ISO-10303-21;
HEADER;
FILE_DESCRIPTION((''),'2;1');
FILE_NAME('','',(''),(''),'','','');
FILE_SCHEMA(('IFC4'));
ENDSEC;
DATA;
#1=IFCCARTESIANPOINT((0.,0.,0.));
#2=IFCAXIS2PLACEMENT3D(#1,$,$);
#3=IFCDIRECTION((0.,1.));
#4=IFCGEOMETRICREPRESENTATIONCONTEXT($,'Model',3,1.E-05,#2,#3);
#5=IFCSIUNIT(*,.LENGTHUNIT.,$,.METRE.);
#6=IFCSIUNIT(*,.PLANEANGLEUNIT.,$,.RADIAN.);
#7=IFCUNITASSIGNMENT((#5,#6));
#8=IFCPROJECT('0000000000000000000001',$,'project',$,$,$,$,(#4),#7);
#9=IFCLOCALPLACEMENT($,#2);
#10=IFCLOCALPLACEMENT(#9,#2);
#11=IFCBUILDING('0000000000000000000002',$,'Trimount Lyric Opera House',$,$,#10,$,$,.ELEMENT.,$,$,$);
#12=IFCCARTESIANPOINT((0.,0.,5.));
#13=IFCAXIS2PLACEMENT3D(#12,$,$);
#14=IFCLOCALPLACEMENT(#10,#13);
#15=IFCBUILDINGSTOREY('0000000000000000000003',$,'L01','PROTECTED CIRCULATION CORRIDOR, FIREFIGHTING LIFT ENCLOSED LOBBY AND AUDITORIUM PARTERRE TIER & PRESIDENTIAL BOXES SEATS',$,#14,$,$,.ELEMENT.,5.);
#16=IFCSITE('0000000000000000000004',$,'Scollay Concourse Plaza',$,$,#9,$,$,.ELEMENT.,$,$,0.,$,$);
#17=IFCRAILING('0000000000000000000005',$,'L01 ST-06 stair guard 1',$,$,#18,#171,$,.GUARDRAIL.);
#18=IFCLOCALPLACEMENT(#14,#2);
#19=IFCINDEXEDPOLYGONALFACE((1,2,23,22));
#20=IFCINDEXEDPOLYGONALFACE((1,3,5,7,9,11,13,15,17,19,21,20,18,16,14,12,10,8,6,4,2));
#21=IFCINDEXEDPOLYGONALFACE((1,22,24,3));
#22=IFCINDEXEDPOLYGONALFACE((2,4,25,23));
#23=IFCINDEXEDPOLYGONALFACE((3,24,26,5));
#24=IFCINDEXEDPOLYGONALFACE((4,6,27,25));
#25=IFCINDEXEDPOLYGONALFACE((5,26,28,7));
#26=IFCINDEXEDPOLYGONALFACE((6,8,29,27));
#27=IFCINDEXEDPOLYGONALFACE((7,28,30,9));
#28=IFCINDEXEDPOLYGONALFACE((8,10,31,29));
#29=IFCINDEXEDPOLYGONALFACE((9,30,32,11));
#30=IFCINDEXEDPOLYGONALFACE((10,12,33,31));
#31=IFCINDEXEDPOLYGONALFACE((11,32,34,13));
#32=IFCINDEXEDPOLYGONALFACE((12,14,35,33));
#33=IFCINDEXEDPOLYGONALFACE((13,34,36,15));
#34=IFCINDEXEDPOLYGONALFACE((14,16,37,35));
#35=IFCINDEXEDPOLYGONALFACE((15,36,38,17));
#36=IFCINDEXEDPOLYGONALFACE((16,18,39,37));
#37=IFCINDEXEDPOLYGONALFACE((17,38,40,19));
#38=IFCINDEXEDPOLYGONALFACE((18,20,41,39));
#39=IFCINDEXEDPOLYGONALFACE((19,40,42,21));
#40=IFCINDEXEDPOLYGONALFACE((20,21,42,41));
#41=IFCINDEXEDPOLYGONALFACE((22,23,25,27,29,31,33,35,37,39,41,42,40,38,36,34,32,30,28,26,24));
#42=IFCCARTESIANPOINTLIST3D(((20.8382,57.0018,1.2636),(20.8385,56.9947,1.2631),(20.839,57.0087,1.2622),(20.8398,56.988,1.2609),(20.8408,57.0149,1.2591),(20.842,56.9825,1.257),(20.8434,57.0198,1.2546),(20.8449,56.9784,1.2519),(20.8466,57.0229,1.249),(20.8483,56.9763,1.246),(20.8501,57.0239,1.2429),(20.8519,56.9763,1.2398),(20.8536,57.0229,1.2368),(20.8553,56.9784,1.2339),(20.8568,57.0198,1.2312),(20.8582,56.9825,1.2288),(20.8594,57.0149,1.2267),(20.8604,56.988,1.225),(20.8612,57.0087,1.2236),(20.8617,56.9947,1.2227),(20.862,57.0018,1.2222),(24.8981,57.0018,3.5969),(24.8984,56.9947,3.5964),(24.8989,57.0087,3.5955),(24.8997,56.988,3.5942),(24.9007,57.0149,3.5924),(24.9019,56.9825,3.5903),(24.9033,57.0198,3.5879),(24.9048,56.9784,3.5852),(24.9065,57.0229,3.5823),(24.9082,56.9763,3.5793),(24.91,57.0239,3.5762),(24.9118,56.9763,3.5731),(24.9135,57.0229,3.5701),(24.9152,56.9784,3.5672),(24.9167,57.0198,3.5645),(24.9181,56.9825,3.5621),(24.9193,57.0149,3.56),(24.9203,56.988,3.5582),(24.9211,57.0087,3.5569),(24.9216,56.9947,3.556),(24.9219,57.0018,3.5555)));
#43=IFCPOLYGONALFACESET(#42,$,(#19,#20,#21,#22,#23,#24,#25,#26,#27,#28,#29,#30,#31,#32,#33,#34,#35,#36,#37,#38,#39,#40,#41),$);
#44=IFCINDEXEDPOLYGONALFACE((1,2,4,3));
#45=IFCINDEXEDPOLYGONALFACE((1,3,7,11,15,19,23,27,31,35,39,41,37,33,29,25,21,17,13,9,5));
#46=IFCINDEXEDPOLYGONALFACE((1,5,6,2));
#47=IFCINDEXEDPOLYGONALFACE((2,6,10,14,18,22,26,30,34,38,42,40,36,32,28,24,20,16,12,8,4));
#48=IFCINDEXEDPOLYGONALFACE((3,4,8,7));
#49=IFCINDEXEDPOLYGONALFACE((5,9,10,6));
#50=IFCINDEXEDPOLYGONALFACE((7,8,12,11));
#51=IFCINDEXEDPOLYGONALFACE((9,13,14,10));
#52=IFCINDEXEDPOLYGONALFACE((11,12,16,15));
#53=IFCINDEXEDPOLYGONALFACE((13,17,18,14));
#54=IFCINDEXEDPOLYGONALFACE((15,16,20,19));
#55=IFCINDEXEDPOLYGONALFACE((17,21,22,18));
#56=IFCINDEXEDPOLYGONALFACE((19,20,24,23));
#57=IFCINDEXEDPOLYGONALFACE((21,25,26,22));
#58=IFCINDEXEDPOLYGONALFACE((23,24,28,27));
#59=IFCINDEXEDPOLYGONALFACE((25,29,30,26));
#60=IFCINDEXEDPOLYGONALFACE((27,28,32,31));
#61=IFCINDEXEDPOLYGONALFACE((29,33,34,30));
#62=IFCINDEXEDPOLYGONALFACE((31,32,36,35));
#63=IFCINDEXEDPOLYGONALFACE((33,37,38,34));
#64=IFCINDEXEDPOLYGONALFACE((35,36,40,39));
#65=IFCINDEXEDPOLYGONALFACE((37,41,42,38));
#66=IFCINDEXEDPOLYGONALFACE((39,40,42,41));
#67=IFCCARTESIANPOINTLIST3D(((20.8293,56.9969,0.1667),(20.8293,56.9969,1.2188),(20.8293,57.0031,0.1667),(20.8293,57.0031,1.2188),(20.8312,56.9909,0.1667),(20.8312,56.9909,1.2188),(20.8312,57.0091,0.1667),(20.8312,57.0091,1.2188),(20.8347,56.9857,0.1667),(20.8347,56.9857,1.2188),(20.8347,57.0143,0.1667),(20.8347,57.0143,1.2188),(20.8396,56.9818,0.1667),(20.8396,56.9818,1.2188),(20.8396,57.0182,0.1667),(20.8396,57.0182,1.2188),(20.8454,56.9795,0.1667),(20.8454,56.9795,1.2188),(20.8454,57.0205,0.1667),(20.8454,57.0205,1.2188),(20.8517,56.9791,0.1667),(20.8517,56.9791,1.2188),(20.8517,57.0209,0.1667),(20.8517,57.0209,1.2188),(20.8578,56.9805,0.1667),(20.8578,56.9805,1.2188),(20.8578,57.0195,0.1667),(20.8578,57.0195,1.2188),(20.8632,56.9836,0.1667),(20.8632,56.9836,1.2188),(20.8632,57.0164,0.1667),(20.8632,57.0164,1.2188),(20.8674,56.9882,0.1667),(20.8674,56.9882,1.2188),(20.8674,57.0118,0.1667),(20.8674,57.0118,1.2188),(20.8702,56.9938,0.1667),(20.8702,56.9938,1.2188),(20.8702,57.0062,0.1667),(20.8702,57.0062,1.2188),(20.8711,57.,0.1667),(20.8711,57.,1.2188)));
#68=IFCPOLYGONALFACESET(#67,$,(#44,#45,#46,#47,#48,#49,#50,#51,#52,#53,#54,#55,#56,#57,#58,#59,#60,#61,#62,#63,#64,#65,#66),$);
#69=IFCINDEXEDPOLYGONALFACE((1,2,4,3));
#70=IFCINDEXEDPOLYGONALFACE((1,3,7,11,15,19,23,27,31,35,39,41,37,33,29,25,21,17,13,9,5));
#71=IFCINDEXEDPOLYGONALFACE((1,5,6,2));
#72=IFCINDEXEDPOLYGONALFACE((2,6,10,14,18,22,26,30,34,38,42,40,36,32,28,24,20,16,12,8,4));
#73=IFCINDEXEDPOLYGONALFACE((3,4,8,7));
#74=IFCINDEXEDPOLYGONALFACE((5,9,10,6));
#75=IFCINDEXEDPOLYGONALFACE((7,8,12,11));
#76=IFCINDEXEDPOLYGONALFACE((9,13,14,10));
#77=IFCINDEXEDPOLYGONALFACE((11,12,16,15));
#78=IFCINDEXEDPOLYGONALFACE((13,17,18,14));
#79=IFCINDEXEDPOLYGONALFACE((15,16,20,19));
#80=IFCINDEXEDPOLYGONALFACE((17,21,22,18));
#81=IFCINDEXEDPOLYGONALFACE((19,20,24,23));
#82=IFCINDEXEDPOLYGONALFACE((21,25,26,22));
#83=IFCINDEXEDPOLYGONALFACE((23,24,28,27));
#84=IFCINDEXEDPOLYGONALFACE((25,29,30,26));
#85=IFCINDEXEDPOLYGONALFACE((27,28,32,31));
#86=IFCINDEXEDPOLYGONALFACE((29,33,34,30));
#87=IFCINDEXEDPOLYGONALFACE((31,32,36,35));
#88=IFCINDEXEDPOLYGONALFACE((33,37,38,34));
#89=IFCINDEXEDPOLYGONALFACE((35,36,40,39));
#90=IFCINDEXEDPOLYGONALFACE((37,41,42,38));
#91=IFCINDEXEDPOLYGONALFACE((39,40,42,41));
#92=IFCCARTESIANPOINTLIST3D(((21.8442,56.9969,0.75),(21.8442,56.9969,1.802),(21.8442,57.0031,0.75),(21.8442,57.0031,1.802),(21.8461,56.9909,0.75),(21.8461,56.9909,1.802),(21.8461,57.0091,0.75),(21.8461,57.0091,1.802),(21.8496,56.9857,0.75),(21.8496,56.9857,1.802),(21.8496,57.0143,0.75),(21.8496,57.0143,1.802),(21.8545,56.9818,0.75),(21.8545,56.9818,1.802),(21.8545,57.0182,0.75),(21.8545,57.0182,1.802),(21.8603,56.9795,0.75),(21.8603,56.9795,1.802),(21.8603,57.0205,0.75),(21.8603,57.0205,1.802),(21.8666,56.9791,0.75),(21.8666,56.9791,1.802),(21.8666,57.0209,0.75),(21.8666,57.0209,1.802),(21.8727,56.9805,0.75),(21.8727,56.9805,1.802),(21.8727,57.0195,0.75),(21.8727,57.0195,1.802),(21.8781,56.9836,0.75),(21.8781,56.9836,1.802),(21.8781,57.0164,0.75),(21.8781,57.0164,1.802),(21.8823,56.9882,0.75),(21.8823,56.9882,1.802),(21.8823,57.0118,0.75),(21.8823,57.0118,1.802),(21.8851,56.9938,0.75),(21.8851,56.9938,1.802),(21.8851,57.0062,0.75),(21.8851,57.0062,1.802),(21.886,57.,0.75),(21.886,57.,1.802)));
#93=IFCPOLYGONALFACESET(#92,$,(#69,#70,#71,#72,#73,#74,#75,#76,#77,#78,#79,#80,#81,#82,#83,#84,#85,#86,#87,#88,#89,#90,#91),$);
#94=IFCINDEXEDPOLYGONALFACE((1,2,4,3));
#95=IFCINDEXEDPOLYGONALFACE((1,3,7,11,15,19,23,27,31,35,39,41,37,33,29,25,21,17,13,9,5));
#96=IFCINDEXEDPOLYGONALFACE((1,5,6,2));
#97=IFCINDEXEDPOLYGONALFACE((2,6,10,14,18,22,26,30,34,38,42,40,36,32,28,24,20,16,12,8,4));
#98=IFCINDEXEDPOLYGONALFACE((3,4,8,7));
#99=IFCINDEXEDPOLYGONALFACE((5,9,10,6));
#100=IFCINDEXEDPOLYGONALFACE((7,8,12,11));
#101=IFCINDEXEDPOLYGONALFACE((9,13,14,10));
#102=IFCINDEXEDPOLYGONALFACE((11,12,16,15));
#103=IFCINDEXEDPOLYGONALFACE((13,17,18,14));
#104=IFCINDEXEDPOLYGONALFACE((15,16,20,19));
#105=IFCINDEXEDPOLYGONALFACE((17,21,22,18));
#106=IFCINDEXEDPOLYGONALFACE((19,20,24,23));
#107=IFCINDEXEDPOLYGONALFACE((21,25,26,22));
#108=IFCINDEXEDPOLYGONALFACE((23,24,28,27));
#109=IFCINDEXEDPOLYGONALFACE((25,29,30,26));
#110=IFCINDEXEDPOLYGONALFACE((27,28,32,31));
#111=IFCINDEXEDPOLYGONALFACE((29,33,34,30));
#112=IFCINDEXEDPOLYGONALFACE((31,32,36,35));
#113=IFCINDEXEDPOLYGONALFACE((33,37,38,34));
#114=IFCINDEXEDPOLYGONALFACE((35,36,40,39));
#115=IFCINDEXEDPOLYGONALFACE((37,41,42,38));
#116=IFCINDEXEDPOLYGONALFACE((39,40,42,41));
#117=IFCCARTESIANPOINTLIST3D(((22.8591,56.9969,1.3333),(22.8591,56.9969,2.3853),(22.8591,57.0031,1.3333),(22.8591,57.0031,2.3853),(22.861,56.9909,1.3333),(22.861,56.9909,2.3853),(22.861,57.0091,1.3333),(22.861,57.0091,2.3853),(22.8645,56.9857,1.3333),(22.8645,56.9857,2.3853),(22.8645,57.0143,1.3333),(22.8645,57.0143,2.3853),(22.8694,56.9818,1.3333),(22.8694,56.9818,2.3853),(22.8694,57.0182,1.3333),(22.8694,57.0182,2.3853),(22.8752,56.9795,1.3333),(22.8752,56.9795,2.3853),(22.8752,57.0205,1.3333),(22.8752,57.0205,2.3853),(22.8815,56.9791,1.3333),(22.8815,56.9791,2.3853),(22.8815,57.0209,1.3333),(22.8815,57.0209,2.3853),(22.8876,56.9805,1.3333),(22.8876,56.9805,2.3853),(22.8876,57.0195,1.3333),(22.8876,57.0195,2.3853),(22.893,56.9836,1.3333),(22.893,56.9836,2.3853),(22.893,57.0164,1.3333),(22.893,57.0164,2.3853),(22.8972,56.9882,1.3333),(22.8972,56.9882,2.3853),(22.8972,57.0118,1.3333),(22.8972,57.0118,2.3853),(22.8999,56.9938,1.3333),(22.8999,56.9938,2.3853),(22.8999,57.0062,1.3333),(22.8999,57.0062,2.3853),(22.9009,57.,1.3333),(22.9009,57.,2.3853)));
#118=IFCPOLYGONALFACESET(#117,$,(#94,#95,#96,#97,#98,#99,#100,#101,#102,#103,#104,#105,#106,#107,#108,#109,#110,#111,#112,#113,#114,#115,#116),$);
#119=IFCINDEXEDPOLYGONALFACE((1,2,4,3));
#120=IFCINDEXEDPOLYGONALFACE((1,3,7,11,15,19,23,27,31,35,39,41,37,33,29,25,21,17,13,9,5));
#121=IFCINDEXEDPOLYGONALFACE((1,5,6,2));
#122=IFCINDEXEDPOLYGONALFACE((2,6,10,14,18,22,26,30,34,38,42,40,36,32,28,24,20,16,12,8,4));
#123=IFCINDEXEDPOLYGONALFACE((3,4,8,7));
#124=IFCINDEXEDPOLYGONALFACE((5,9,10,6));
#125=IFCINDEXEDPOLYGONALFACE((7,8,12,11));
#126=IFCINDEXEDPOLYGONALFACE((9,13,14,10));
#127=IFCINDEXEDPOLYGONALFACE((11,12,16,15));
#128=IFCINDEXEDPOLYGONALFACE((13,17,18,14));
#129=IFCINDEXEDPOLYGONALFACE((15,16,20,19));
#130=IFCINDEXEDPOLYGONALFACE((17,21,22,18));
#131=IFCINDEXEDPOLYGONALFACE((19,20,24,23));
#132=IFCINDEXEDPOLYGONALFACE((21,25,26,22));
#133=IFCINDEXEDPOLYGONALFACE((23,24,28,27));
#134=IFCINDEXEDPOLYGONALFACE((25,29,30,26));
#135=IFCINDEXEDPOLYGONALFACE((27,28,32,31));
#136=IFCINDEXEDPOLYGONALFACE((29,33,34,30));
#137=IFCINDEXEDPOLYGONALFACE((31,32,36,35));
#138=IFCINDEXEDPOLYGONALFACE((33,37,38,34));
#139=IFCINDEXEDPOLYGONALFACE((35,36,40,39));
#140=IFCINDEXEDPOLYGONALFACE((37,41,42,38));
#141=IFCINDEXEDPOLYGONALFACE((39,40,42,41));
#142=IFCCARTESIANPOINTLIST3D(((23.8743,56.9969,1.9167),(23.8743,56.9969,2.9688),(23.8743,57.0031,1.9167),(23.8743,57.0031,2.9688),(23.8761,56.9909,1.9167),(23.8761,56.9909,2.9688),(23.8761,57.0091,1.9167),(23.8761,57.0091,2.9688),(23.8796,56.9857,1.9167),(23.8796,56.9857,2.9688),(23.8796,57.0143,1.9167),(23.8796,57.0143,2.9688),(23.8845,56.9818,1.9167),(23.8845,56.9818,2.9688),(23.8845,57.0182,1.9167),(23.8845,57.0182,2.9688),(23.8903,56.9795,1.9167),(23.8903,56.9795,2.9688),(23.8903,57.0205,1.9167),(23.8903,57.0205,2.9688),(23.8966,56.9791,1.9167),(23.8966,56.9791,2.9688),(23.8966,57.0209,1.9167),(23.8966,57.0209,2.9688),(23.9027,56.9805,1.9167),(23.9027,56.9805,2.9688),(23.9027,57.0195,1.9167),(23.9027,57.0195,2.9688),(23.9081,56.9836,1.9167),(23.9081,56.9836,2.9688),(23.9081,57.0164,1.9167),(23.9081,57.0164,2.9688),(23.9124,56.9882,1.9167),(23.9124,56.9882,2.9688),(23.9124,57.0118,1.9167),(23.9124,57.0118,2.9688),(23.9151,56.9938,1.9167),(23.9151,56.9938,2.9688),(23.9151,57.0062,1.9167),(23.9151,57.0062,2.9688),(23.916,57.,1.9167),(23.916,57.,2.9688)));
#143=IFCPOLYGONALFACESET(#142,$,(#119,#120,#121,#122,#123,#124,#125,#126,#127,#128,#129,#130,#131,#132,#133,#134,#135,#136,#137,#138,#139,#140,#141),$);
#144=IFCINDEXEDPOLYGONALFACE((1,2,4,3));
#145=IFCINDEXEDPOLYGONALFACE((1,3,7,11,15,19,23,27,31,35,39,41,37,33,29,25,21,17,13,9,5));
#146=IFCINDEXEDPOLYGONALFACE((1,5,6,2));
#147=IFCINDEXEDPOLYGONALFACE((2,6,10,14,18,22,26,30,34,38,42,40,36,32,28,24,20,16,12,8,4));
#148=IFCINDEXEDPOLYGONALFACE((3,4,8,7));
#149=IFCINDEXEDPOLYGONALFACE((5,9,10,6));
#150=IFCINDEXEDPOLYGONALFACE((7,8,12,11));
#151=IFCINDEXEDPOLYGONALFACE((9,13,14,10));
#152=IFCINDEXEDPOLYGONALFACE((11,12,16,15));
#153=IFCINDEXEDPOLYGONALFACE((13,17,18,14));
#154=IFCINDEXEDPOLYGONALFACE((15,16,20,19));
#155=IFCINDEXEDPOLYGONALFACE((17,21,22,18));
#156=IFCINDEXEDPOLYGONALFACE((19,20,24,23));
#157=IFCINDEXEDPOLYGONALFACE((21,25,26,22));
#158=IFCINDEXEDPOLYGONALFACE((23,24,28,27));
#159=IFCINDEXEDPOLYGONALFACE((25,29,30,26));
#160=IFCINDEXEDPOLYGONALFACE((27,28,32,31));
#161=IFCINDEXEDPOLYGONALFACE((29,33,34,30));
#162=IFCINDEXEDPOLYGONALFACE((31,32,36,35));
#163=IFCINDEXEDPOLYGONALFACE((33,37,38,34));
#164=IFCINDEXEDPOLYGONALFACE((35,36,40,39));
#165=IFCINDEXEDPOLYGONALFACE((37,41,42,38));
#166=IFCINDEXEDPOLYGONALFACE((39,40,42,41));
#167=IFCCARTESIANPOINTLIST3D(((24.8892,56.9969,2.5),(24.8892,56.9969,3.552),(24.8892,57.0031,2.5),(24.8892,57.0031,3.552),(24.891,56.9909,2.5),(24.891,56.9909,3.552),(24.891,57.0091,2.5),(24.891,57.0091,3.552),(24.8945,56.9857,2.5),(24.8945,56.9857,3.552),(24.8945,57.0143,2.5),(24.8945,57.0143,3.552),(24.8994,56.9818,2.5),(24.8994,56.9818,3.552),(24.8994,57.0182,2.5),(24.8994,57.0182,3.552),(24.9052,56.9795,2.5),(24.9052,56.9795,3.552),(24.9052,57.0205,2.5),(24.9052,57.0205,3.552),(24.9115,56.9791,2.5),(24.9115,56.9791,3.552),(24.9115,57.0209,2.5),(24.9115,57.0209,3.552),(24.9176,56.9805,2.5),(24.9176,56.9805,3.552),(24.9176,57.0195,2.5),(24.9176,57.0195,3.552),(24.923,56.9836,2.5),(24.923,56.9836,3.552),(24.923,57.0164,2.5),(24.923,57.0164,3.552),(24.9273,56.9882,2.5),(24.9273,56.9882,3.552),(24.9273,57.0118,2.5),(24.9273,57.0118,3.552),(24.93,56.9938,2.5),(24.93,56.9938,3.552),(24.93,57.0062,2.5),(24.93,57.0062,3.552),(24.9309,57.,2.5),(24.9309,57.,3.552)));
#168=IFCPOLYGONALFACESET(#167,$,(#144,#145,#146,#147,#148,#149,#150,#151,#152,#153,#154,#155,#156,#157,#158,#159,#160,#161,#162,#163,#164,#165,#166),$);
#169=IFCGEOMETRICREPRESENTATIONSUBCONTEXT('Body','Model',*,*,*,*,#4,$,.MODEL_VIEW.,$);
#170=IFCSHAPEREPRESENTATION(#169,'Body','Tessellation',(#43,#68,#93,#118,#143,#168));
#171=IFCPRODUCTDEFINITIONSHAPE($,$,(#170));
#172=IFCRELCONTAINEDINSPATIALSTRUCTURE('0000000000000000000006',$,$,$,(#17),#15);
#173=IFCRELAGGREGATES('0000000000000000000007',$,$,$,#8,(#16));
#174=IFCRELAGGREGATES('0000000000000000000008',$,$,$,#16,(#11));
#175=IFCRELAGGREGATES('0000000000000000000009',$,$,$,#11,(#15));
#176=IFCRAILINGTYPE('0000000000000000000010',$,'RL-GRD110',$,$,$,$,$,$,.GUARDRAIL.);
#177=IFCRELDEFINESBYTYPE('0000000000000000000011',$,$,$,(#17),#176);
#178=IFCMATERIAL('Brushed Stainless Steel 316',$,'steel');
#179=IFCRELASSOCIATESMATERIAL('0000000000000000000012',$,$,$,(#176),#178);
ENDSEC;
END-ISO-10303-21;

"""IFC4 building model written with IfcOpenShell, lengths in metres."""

from ifc_helpers import new_model, si_unit, direction, frame, origin, origin_2d, place, context, subcontext, project, spatial, circle, extrude, material, type_object, element, save


model = new_model("IFC4")

# Units and contexts
model_context = context("Model", 3, precision=1e-05, world=origin(), true_north=direction((0.0, 1.0)))
body_context = subcontext(model_context, "Body", "Model", "MODEL_VIEW")
ifc_project = project(units=[si_unit("LENGTHUNIT", "METRE"), si_unit("PLANEANGLEUNIT", "RADIAN")], contexts=[model_context])

# Site, building, storey
site_placement = place(None, origin())
site = spatial("IfcSite", under=ifc_project, at=site_placement, Name="Scollay Concourse Plaza", CompositionType="ELEMENT", RefElevation=0.0)
building_placement = place(site_placement, origin())
building = spatial("IfcBuilding", under=site, at=building_placement, Name="Trimount Lyric Opera House", CompositionType="ELEMENT")
storey_placement = place(building_placement, frame((0.0, 0.0, 5.0)))
storey = spatial("IfcBuildingStorey", under=building, at=storey_placement, Name="L01", Description="PROTECTED CIRCULATION CORRIDOR, FIREFIGHTING LIFT ENCLOSED LOBBY AND AUDITORIUM PARTERRE TIER & PRESIDENTIAL BOXES SEATS", CompositionType="ELEMENT", Elevation=5.0)

# Railing
ifc_material_1 = material(Name="Brushed Stainless Steel 316", Category="steel")
railing_type_1 = type_object("IfcRailingType", Name="RL-GRD110", PredefinedType="GUARDRAIL", material=ifc_material_1)
railing_1_placement = place(storey_placement, frame((20.8501, 57.0, 0.1667)))
element("IfcRailing", 1, at=railing_1_placement, inside=storey, type_object=railing_type_1, Name="L01 ST-06 stair guard 1", PredefinedType="GUARDRAIL", context=body_context, shape_type="SweptSolid", body=[
    extrude(circle(Radius=0.0239, at=origin_2d()), frame((0.0, 0.0, 1.0762), z_axis=(0.867012, 0.0, 0.498288), x_axis=(0.0, 1.0, 0.0)), (0.0, 0.0, 1.0), 4.6826),
    extrude(circle(Radius=0.021, at=origin_2d()), origin(), (0.0, 0.0, 1.0), 1.052),
    extrude(circle(Radius=0.021, at=origin_2d()), frame((1.0149, 0.0, 0.5833)), (0.0, 0.0, 1.0), 1.052),
    extrude(circle(Radius=0.021, at=origin_2d()), frame((2.0298, 0.0, 1.1665)), (0.0, 0.0, 1.0), 1.052),
    extrude(circle(Radius=0.021, at=origin_2d()), frame((3.0449, 0.0, 1.75)), (0.0, 0.0, 1.0), 1.052),
    extrude(circle(Radius=0.021, at=origin_2d()), frame((4.0598, 0.0, 2.3333)), (0.0, 0.0, 1.0), 1.052),
])

save(model, "model.ifc")
